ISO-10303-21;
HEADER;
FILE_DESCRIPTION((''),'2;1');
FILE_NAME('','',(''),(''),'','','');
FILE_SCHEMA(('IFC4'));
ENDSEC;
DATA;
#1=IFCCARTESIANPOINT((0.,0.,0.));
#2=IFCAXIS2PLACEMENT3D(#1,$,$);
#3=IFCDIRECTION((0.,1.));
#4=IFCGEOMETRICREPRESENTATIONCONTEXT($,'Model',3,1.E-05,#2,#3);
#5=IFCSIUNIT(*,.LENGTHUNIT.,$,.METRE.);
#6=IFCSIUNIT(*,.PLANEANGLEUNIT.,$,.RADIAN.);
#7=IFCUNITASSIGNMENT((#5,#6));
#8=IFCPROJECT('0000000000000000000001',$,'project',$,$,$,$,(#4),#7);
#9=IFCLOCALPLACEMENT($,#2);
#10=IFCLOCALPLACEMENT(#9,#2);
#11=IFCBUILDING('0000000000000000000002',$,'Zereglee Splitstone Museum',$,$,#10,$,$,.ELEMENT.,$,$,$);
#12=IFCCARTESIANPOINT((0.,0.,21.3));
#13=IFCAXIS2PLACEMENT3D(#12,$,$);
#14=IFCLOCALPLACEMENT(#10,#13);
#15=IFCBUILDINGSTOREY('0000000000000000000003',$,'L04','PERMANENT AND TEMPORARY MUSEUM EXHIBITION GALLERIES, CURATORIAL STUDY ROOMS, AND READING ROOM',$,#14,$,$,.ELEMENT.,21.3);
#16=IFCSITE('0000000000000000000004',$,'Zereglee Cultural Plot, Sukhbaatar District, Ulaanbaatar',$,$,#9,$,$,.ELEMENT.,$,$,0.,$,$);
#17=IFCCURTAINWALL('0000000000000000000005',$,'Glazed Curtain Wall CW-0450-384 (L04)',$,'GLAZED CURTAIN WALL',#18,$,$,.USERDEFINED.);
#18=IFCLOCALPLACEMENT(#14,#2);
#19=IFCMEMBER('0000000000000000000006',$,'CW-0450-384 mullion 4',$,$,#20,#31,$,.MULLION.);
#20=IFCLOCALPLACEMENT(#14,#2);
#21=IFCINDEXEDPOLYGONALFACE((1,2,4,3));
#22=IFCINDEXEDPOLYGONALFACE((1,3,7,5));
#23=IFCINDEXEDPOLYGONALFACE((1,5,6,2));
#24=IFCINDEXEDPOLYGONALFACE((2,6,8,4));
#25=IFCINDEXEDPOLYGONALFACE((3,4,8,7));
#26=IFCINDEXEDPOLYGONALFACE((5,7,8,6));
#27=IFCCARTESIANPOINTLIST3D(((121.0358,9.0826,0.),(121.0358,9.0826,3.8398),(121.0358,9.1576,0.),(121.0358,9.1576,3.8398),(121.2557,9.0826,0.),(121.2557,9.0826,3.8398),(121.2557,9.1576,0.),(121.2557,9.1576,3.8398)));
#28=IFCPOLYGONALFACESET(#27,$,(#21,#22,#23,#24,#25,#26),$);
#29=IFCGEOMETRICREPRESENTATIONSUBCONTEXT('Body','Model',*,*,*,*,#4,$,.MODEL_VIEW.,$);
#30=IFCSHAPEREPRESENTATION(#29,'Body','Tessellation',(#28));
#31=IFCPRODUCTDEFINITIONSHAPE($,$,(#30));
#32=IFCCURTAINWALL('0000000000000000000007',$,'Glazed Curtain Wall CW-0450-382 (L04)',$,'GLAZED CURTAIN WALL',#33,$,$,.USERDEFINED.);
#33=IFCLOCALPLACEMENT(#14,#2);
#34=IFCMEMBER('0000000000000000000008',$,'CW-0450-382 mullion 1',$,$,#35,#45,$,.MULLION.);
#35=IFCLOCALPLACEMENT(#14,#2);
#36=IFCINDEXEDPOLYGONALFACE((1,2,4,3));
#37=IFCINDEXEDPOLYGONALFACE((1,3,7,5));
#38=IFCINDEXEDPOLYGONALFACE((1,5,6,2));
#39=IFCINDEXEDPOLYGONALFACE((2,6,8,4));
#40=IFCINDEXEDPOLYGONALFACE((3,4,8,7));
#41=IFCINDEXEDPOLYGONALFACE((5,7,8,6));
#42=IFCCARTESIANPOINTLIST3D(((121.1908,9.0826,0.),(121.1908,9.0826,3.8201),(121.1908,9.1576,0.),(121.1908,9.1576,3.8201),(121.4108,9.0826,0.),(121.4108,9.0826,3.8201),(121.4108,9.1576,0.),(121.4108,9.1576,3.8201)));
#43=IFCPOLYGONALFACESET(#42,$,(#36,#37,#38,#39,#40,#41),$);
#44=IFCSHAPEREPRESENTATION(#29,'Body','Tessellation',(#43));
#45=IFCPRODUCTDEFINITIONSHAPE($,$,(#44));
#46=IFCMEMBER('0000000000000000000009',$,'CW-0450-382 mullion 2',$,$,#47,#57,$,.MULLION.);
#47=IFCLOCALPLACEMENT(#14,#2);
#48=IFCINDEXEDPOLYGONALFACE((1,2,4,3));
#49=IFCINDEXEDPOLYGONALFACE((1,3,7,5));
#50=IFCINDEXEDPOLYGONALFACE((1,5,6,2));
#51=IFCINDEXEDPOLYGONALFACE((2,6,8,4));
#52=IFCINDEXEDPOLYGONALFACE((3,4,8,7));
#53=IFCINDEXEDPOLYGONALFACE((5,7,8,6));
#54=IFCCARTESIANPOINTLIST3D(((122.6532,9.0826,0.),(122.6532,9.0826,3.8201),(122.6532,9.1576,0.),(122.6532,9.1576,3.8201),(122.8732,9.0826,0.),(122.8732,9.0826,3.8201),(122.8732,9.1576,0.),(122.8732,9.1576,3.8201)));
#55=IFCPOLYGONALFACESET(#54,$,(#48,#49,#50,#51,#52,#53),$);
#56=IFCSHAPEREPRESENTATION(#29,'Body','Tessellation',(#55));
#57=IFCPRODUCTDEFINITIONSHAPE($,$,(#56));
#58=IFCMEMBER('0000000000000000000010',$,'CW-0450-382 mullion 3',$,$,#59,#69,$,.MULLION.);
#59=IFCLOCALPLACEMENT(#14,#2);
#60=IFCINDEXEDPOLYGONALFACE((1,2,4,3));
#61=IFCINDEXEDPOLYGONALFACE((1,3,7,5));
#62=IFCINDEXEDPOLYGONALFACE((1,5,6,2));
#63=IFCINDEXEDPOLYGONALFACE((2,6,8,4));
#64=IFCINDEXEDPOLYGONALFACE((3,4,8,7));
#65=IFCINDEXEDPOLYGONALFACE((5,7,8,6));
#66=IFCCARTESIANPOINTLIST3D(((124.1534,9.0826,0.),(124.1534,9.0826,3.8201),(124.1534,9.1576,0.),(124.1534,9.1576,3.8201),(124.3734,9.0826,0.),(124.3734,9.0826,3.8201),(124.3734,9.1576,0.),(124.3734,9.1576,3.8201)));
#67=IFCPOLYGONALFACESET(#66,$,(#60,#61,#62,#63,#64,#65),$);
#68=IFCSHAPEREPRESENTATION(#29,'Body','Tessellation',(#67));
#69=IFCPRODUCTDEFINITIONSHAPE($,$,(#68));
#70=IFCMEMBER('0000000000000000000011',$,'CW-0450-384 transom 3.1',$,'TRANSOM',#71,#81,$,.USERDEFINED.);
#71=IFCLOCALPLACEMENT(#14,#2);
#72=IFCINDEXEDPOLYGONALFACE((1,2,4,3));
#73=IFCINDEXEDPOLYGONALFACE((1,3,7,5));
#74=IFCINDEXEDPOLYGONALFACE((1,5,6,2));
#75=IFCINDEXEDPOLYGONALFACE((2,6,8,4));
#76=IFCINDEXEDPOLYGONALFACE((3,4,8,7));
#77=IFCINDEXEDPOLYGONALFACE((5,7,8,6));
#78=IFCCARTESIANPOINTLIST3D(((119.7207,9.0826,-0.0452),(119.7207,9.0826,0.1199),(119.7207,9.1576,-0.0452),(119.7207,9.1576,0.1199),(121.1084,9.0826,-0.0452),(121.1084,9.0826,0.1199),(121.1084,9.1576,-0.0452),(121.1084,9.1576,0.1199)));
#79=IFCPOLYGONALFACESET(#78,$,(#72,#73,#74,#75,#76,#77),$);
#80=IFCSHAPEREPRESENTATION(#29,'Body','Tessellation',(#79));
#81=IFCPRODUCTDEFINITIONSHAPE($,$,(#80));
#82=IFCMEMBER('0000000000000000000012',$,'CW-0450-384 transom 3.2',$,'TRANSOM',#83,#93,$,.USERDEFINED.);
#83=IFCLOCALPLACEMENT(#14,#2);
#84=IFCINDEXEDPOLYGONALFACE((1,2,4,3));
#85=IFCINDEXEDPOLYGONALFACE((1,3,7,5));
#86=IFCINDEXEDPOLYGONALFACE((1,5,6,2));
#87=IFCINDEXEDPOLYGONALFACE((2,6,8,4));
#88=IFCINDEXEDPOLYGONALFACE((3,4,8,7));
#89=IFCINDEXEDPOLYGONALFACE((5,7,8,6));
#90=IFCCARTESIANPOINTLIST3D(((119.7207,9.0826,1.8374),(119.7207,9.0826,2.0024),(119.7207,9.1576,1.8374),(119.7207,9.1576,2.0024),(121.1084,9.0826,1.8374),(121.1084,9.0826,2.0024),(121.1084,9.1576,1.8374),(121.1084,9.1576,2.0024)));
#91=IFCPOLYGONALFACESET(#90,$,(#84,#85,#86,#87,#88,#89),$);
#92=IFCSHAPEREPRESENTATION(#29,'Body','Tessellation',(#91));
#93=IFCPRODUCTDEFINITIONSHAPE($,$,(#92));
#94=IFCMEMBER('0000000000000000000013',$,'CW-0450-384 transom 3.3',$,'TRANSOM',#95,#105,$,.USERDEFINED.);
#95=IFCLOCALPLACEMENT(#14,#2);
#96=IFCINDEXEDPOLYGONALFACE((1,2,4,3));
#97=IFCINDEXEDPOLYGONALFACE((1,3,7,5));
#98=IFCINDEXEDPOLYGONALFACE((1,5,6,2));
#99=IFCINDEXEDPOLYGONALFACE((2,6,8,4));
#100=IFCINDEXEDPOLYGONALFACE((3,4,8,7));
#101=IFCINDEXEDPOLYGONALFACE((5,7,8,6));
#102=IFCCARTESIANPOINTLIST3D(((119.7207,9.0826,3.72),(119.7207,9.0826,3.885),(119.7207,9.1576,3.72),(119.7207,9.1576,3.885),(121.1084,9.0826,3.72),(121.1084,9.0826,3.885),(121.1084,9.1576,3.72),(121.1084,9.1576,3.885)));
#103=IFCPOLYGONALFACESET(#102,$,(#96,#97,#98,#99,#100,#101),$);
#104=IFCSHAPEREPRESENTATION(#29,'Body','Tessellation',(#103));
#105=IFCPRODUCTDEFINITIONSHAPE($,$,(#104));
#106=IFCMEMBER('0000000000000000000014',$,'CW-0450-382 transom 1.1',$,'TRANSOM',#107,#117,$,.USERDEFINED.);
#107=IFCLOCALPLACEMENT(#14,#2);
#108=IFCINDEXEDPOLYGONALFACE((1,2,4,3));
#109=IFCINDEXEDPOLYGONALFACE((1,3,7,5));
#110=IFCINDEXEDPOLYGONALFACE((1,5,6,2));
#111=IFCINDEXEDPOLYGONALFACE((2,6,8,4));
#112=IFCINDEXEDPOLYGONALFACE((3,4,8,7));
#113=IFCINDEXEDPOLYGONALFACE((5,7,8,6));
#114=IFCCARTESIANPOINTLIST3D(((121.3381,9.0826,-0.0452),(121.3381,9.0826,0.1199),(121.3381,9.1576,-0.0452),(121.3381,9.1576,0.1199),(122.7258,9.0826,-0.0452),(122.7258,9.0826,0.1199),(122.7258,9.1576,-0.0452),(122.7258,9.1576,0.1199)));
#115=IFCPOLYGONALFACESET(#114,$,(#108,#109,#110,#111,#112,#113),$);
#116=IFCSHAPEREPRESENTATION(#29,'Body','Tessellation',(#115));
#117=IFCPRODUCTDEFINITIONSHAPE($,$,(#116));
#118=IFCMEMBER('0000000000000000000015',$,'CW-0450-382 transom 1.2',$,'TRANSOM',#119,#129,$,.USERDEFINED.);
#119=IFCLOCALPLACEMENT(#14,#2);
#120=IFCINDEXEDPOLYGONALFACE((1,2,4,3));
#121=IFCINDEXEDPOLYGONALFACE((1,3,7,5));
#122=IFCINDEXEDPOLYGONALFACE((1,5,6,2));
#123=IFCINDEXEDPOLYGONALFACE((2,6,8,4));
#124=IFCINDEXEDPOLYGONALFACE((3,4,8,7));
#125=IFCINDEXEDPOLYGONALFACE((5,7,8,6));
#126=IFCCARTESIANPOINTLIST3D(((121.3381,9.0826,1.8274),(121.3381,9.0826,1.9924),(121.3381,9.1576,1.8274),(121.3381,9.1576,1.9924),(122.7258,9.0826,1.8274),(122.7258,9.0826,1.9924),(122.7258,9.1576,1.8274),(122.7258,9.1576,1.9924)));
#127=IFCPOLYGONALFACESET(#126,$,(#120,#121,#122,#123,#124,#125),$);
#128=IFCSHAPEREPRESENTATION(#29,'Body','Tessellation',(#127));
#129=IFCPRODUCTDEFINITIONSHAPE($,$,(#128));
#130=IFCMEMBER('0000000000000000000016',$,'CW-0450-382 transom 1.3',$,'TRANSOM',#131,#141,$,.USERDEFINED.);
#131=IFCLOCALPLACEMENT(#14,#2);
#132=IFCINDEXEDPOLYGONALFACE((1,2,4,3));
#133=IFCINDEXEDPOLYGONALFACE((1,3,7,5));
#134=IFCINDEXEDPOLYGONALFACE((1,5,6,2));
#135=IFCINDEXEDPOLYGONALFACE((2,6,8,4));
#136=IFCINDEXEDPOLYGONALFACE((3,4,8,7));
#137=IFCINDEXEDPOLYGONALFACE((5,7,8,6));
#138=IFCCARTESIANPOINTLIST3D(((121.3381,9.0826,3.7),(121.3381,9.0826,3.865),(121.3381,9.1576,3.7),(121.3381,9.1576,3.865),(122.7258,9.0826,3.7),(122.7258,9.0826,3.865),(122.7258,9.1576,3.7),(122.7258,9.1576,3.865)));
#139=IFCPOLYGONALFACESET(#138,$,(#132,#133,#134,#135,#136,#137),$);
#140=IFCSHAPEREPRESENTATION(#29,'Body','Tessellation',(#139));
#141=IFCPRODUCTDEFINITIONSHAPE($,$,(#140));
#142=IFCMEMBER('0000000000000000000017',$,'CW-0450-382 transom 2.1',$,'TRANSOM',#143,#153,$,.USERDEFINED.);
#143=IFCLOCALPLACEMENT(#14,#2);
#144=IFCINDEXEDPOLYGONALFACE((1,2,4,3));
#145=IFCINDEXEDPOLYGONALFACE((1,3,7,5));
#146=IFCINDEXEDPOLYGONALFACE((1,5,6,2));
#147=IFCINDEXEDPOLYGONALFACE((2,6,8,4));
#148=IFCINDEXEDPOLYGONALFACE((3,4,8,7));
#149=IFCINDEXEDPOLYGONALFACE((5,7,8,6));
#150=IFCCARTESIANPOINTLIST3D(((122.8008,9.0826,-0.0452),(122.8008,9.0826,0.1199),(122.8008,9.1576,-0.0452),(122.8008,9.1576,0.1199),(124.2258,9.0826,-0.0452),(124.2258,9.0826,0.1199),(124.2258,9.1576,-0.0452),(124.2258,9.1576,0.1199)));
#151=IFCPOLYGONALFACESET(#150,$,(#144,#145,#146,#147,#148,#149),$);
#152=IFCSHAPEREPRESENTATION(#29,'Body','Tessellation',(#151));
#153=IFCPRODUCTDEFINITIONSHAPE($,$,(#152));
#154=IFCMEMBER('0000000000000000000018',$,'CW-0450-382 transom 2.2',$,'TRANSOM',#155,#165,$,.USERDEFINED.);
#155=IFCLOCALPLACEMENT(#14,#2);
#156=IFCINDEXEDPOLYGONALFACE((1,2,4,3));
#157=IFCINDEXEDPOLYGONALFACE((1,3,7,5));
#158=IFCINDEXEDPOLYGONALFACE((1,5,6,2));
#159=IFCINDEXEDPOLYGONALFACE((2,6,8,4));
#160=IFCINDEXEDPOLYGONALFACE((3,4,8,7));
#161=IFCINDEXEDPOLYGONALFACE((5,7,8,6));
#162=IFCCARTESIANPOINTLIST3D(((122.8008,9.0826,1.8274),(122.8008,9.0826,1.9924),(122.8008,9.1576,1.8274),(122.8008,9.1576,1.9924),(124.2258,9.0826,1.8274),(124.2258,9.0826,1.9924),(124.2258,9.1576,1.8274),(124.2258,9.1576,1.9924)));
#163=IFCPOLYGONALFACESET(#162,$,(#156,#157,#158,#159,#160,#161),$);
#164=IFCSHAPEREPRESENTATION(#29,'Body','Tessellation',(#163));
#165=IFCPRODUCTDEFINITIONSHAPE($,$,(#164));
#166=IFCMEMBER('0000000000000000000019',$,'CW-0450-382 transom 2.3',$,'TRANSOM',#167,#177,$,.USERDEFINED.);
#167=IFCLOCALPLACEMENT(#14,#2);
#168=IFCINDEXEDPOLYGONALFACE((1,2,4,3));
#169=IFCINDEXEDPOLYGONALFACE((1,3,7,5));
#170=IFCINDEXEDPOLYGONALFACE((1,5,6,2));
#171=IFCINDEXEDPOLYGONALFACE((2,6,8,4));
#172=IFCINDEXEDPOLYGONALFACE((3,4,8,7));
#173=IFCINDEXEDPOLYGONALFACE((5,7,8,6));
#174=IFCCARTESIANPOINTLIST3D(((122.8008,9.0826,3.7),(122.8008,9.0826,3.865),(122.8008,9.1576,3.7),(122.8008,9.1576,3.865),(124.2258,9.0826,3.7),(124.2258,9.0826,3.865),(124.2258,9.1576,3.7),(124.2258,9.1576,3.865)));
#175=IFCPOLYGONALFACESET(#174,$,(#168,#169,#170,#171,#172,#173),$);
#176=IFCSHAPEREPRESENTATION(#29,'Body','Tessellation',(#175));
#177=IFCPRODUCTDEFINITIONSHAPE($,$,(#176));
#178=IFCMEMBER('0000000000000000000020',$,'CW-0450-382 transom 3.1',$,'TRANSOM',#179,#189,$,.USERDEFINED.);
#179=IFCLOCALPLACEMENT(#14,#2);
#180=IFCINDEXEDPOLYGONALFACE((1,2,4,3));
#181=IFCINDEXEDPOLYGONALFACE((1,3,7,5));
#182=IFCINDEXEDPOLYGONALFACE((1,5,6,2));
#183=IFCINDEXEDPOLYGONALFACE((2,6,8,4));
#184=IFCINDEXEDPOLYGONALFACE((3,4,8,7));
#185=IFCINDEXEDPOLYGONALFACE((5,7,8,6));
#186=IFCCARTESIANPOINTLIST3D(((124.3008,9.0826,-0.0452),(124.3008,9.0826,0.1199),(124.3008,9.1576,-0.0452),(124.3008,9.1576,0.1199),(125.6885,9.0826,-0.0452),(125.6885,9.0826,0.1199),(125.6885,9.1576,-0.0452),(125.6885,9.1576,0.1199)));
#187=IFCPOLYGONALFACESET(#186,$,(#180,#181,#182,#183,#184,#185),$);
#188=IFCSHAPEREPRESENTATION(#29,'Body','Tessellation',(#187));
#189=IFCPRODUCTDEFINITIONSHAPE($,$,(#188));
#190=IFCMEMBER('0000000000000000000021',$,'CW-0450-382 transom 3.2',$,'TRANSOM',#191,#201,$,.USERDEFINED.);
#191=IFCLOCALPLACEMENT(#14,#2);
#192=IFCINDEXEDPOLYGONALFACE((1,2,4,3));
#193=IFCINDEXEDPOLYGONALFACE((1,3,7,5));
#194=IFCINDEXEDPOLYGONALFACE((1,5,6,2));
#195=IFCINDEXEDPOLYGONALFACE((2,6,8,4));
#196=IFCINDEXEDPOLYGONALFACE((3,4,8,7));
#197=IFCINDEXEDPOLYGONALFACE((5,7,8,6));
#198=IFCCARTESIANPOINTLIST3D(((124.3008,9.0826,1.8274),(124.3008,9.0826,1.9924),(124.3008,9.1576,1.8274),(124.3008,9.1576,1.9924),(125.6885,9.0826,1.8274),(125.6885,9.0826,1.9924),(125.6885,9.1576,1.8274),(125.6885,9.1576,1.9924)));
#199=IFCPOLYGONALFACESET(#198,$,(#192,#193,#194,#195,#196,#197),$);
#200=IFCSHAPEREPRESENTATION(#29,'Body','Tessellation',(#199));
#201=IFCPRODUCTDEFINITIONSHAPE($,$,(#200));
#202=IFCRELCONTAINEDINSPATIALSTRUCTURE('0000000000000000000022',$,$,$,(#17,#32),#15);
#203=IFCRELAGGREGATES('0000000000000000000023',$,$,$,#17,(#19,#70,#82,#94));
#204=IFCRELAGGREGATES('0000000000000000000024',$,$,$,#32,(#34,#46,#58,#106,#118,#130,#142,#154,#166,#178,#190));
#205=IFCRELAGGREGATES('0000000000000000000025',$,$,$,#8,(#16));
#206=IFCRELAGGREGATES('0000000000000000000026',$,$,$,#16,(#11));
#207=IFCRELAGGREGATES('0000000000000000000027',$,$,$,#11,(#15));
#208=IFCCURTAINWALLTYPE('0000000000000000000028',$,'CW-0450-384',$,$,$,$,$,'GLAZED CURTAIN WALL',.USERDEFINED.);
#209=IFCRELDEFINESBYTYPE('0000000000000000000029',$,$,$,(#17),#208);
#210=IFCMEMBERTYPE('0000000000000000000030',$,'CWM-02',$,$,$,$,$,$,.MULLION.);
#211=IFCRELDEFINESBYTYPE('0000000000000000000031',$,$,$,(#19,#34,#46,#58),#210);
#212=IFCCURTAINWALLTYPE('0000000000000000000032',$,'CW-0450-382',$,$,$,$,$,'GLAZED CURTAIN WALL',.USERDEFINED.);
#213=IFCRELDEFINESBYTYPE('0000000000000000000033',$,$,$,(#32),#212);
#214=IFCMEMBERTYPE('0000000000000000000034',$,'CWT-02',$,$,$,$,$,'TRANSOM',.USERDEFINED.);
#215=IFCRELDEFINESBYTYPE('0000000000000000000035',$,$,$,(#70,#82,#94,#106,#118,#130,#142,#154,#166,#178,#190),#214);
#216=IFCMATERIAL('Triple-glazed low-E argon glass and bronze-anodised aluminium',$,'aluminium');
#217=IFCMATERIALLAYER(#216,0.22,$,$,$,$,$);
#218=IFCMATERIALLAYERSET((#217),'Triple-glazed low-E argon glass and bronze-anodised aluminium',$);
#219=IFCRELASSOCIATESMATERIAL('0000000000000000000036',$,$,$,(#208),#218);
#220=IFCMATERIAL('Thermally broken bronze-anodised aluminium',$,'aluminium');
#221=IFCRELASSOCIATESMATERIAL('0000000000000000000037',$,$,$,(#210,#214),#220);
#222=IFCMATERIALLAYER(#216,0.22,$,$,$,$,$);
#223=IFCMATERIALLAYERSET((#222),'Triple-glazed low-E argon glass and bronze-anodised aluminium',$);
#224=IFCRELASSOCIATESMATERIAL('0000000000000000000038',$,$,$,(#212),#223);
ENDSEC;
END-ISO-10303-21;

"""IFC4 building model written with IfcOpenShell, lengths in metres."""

from ifc_helpers import new_model, si_unit, direction, frame, origin, origin_2d, place, context, subcontext, project, spatial, rectangle, extrude, material, layer, layer_set, material_profile, profile_set, type_object, element, aggregate, save


model = new_model("IFC4")

# Units and contexts
model_context = context("Model", 3, precision=1e-05, world=origin(), true_north=direction((0.0, 1.0)))
body_context = subcontext(model_context, "Body", "Model", "MODEL_VIEW")
ifc_project = project(units=[si_unit("LENGTHUNIT", "METRE"), si_unit("PLANEANGLEUNIT", "RADIAN")], contexts=[model_context])

# Site, building, storey
site_placement = place(None, origin())
site = spatial("IfcSite", under=ifc_project, at=site_placement, Name="Zereglee Cultural Plot, Sukhbaatar District, Ulaanbaatar", CompositionType="ELEMENT", RefElevation=0.0)
building_placement = place(site_placement, origin())
building = spatial("IfcBuilding", under=site, at=building_placement, Name="Zereglee Splitstone Museum", CompositionType="ELEMENT")
storey_placement = place(building_placement, frame((0.0, 0.0, 21.3)))
storey = spatial("IfcBuildingStorey", under=building, at=storey_placement, Name="L04", Description="PERMANENT AND TEMPORARY MUSEUM EXHIBITION GALLERIES, CURATORIAL STUDY ROOMS, AND READING ROOM", CompositionType="ELEMENT", Elevation=21.3)

# Curtain wall, member
ifc_material_1 = material(Name="Triple-glazed low-E argon glass and bronze-anodised aluminium", Category="aluminium")
ifc_layer_1 = layer(ifc_material_1, 0.22)
ifc_layer_set_1 = layer_set([ifc_layer_1], Name="Triple-glazed low-E argon glass and bronze-anodised aluminium")
curtain_wall_type_1 = type_object("IfcCurtainWallType", Name="CW-0450-384", ElementType="GLAZED CURTAIN WALL", PredefinedType="USERDEFINED", material=ifc_layer_set_1)
curtain_wall_1_placement = place(storey_placement, origin())
curtain_wall_1 = element("IfcCurtainWall", 1, at=curtain_wall_1_placement, inside=storey, type_object=curtain_wall_type_1, Name="Glazed Curtain Wall CW-0450-384 (L04)", ObjectType="GLAZED CURTAIN WALL", PredefinedType="USERDEFINED")
ifc_material_2 = material(Name="Thermally broken bronze-anodised aluminium", Category="aluminium")
ifc_material_profile_1 = material_profile(ifc_material_2, rectangle(XDim=0.075, YDim=0.22, at=origin_2d()), Name="CW MULL 75x220")
ifc_profile_set_1 = profile_set([ifc_material_profile_1], Name="Thermally broken bronze-anodised aluminium")
member_type_1 = type_object("IfcMemberType", Name="CWM-02", PredefinedType="MULLION", material=ifc_profile_set_1)
member_1_placement = place(storey_placement, frame((121.1458, 9.1201, 0.0), z_axis=(0.0, 0.0, 1.0), x_axis=(0.0, 1.0, 0.0)))
member_1 = element("IfcMember", 2, at=member_1_placement, type_object=member_type_1, Name="CW-0450-384 mullion 4", PredefinedType="MULLION", context=body_context, shape_type="SweptSolid", body=[
    extrude(rectangle(XDim=0.075, YDim=0.22, at=origin_2d()), origin(), (0.0, 0.0, 1.0), 3.8398),
])

# Curtain wall, members
ifc_layer_2 = layer(ifc_material_1, 0.22)
ifc_layer_set_2 = layer_set([ifc_layer_2], Name="Triple-glazed low-E argon glass and bronze-anodised aluminium")
curtain_wall_type_2 = type_object("IfcCurtainWallType", Name="CW-0450-382", ElementType="GLAZED CURTAIN WALL", PredefinedType="USERDEFINED", material=ifc_layer_set_2)
curtain_wall_2_placement = place(storey_placement, origin())
curtain_wall_2 = element("IfcCurtainWall", 3, at=curtain_wall_2_placement, inside=storey, type_object=curtain_wall_type_2, Name="Glazed Curtain Wall CW-0450-382 (L04)", ObjectType="GLAZED CURTAIN WALL", PredefinedType="USERDEFINED")
member_2_placement = place(storey_placement, frame((121.3008, 9.1201, 0.0), z_axis=(0.0, 0.0, 1.0), x_axis=(0.0, 1.0, 0.0)))
member_2 = element("IfcMember", 4, at=member_2_placement, type_object=member_type_1, Name="CW-0450-382 mullion 1", PredefinedType="MULLION", context=body_context, shape_type="SweptSolid", body=[
    extrude(rectangle(XDim=0.075, YDim=0.22, at=origin_2d()), origin(), (0.0, 0.0, 1.0), 3.8201),
])
member_3_placement = place(storey_placement, frame((122.7632, 9.1201, 0.0), z_axis=(0.0, 0.0, 1.0), x_axis=(0.0, 1.0, 0.0)))
member_3 = element("IfcMember", 5, at=member_3_placement, type_object=member_type_1, Name="CW-0450-382 mullion 2", PredefinedType="MULLION", context=body_context, shape_type="SweptSolid", body=[
    extrude(rectangle(XDim=0.075, YDim=0.22, at=origin_2d()), origin(), (0.0, 0.0, 1.0), 3.8201),
])
member_4_placement = place(storey_placement, frame((124.2634, 9.1201, 0.0), z_axis=(0.0, 0.0, 1.0), x_axis=(0.0, 1.0, 0.0)))
member_4 = element("IfcMember", 6, at=member_4_placement, type_object=member_type_1, Name="CW-0450-382 mullion 3", PredefinedType="MULLION", context=body_context, shape_type="SweptSolid", body=[
    extrude(rectangle(XDim=0.075, YDim=0.22, at=origin_2d()), origin(), (0.0, 0.0, 1.0), 3.8201),
])

# Members
ifc_material_profile_2 = material_profile(ifc_material_2, rectangle(XDim=0.075, YDim=0.165, at=origin_2d()), Name="CW TRAN 75x165")
ifc_profile_set_2 = profile_set([ifc_material_profile_2], Name="Thermally broken bronze-anodised aluminium")
member_type_2 = type_object("IfcMemberType", Name="CWT-02", ElementType="TRANSOM", PredefinedType="USERDEFINED", material=ifc_profile_set_2)
member_5_placement = place(storey_placement, frame((119.7207, 9.1201, 0.0374), z_axis=(1.0, 0.0, 0.0), x_axis=(0.0, 1.0, 0.0)))
member_5 = element("IfcMember", 7, at=member_5_placement, type_object=member_type_2, Name="CW-0450-384 transom 3.1", ObjectType="TRANSOM", PredefinedType="USERDEFINED", context=body_context, shape_type="SweptSolid", body=[
    extrude(rectangle(XDim=0.075, YDim=0.165, at=origin_2d()), origin(), (0.0, 0.0, 1.0), 1.3877),
])
member_6_placement = place(storey_placement, frame((119.7207, 9.1201, 1.9199), z_axis=(1.0, 0.0, 0.0), x_axis=(0.0, 1.0, 0.0)))
member_6 = element("IfcMember", 8, at=member_6_placement, type_object=member_type_2, Name="CW-0450-384 transom 3.2", ObjectType="TRANSOM", PredefinedType="USERDEFINED", context=body_context, shape_type="SweptSolid", body=[
    extrude(rectangle(XDim=0.075, YDim=0.165, at=origin_2d()), origin(), (0.0, 0.0, 1.0), 1.3877),
])
member_7_placement = place(storey_placement, frame((119.7207, 9.1201, 3.8025), z_axis=(1.0, 0.0, 0.0), x_axis=(0.0, 1.0, 0.0)))
member_7 = element("IfcMember", 9, at=member_7_placement, type_object=member_type_2, Name="CW-0450-384 transom 3.3", ObjectType="TRANSOM", PredefinedType="USERDEFINED", context=body_context, shape_type="SweptSolid", body=[
    extrude(rectangle(XDim=0.075, YDim=0.165, at=origin_2d()), origin(), (0.0, 0.0, 1.0), 1.3877),
])
member_8_placement = place(storey_placement, frame((121.3381, 9.1201, 0.0374), z_axis=(1.0, 0.0, 0.0), x_axis=(0.0, 1.0, 0.0)))
member_8 = element("IfcMember", 10, at=member_8_placement, type_object=member_type_2, Name="CW-0450-382 transom 1.1", ObjectType="TRANSOM", PredefinedType="USERDEFINED", context=body_context, shape_type="SweptSolid", body=[
    extrude(rectangle(XDim=0.075, YDim=0.165, at=origin_2d()), origin(), (0.0, 0.0, 1.0), 1.3877),
])
member_9_placement = place(storey_placement, frame((121.3381, 9.1201, 1.9099), z_axis=(1.0, 0.0, 0.0), x_axis=(0.0, 1.0, 0.0)))
member_9 = element("IfcMember", 11, at=member_9_placement, type_object=member_type_2, Name="CW-0450-382 transom 1.2", ObjectType="TRANSOM", PredefinedType="USERDEFINED", context=body_context, shape_type="SweptSolid", body=[
    extrude(rectangle(XDim=0.075, YDim=0.165, at=origin_2d()), origin(), (0.0, 0.0, 1.0), 1.3877),
])
member_10_placement = place(storey_placement, frame((121.3381, 9.1201, 3.7825), z_axis=(1.0, 0.0, 0.0), x_axis=(0.0, 1.0, 0.0)))
member_10 = element("IfcMember", 12, at=member_10_placement, type_object=member_type_2, Name="CW-0450-382 transom 1.3", ObjectType="TRANSOM", PredefinedType="USERDEFINED", context=body_context, shape_type="SweptSolid", body=[
    extrude(rectangle(XDim=0.075, YDim=0.165, at=origin_2d()), origin(), (0.0, 0.0, 1.0), 1.3877),
])
member_11_placement = place(storey_placement, frame((122.8008, 9.1201, 0.0374), z_axis=(1.0, 0.0, 0.0), x_axis=(0.0, 1.0, 0.0)))
member_11 = element("IfcMember", 13, at=member_11_placement, type_object=member_type_2, Name="CW-0450-382 transom 2.1", ObjectType="TRANSOM", PredefinedType="USERDEFINED", context=body_context, shape_type="SweptSolid", body=[
    extrude(rectangle(XDim=0.075, YDim=0.165, at=origin_2d()), origin(), (0.0, 0.0, 1.0), 1.425),
])
member_12_placement = place(storey_placement, frame((122.8008, 9.1201, 1.9099), z_axis=(1.0, 0.0, 0.0), x_axis=(0.0, 1.0, 0.0)))
member_12 = element("IfcMember", 14, at=member_12_placement, type_object=member_type_2, Name="CW-0450-382 transom 2.2", ObjectType="TRANSOM", PredefinedType="USERDEFINED", context=body_context, shape_type="SweptSolid", body=[
    extrude(rectangle(XDim=0.075, YDim=0.165, at=origin_2d()), origin(), (0.0, 0.0, 1.0), 1.425),
])
member_13_placement = place(storey_placement, frame((122.8008, 9.1201, 3.7825), z_axis=(1.0, 0.0, 0.0), x_axis=(0.0, 1.0, 0.0)))
member_13 = element("IfcMember", 15, at=member_13_placement, type_object=member_type_2, Name="CW-0450-382 transom 2.3", ObjectType="TRANSOM", PredefinedType="USERDEFINED", context=body_context, shape_type="SweptSolid", body=[
    extrude(rectangle(XDim=0.075, YDim=0.165, at=origin_2d()), origin(), (0.0, 0.0, 1.0), 1.425),
])
member_14_placement = place(storey_placement, frame((124.3008, 9.1201, 0.0374), z_axis=(1.0, 0.0, 0.0), x_axis=(0.0, 1.0, 0.0)))
member_14 = element("IfcMember", 16, at=member_14_placement, type_object=member_type_2, Name="CW-0450-382 transom 3.1", ObjectType="TRANSOM", PredefinedType="USERDEFINED", context=body_context, shape_type="SweptSolid", body=[
    extrude(rectangle(XDim=0.075, YDim=0.165, at=origin_2d()), origin(), (0.0, 0.0, 1.0), 1.3877),
])
member_15_placement = place(storey_placement, frame((124.3008, 9.1201, 1.9099), z_axis=(1.0, 0.0, 0.0), x_axis=(0.0, 1.0, 0.0)))
member_15 = element("IfcMember", 17, at=member_15_placement, type_object=member_type_2, Name="CW-0450-382 transom 3.2", ObjectType="TRANSOM", PredefinedType="USERDEFINED", context=body_context, shape_type="SweptSolid", body=[
    extrude(rectangle(XDim=0.075, YDim=0.165, at=origin_2d()), origin(), (0.0, 0.0, 1.0), 1.3877),
])

aggregate(curtain_wall_1, [member_1, member_5, member_6, member_7])
aggregate(curtain_wall_2, [member_2, member_3, member_4, member_8, member_9, member_10, member_11, member_12, member_13, member_14, member_15])

save(model, "model.ifc")
